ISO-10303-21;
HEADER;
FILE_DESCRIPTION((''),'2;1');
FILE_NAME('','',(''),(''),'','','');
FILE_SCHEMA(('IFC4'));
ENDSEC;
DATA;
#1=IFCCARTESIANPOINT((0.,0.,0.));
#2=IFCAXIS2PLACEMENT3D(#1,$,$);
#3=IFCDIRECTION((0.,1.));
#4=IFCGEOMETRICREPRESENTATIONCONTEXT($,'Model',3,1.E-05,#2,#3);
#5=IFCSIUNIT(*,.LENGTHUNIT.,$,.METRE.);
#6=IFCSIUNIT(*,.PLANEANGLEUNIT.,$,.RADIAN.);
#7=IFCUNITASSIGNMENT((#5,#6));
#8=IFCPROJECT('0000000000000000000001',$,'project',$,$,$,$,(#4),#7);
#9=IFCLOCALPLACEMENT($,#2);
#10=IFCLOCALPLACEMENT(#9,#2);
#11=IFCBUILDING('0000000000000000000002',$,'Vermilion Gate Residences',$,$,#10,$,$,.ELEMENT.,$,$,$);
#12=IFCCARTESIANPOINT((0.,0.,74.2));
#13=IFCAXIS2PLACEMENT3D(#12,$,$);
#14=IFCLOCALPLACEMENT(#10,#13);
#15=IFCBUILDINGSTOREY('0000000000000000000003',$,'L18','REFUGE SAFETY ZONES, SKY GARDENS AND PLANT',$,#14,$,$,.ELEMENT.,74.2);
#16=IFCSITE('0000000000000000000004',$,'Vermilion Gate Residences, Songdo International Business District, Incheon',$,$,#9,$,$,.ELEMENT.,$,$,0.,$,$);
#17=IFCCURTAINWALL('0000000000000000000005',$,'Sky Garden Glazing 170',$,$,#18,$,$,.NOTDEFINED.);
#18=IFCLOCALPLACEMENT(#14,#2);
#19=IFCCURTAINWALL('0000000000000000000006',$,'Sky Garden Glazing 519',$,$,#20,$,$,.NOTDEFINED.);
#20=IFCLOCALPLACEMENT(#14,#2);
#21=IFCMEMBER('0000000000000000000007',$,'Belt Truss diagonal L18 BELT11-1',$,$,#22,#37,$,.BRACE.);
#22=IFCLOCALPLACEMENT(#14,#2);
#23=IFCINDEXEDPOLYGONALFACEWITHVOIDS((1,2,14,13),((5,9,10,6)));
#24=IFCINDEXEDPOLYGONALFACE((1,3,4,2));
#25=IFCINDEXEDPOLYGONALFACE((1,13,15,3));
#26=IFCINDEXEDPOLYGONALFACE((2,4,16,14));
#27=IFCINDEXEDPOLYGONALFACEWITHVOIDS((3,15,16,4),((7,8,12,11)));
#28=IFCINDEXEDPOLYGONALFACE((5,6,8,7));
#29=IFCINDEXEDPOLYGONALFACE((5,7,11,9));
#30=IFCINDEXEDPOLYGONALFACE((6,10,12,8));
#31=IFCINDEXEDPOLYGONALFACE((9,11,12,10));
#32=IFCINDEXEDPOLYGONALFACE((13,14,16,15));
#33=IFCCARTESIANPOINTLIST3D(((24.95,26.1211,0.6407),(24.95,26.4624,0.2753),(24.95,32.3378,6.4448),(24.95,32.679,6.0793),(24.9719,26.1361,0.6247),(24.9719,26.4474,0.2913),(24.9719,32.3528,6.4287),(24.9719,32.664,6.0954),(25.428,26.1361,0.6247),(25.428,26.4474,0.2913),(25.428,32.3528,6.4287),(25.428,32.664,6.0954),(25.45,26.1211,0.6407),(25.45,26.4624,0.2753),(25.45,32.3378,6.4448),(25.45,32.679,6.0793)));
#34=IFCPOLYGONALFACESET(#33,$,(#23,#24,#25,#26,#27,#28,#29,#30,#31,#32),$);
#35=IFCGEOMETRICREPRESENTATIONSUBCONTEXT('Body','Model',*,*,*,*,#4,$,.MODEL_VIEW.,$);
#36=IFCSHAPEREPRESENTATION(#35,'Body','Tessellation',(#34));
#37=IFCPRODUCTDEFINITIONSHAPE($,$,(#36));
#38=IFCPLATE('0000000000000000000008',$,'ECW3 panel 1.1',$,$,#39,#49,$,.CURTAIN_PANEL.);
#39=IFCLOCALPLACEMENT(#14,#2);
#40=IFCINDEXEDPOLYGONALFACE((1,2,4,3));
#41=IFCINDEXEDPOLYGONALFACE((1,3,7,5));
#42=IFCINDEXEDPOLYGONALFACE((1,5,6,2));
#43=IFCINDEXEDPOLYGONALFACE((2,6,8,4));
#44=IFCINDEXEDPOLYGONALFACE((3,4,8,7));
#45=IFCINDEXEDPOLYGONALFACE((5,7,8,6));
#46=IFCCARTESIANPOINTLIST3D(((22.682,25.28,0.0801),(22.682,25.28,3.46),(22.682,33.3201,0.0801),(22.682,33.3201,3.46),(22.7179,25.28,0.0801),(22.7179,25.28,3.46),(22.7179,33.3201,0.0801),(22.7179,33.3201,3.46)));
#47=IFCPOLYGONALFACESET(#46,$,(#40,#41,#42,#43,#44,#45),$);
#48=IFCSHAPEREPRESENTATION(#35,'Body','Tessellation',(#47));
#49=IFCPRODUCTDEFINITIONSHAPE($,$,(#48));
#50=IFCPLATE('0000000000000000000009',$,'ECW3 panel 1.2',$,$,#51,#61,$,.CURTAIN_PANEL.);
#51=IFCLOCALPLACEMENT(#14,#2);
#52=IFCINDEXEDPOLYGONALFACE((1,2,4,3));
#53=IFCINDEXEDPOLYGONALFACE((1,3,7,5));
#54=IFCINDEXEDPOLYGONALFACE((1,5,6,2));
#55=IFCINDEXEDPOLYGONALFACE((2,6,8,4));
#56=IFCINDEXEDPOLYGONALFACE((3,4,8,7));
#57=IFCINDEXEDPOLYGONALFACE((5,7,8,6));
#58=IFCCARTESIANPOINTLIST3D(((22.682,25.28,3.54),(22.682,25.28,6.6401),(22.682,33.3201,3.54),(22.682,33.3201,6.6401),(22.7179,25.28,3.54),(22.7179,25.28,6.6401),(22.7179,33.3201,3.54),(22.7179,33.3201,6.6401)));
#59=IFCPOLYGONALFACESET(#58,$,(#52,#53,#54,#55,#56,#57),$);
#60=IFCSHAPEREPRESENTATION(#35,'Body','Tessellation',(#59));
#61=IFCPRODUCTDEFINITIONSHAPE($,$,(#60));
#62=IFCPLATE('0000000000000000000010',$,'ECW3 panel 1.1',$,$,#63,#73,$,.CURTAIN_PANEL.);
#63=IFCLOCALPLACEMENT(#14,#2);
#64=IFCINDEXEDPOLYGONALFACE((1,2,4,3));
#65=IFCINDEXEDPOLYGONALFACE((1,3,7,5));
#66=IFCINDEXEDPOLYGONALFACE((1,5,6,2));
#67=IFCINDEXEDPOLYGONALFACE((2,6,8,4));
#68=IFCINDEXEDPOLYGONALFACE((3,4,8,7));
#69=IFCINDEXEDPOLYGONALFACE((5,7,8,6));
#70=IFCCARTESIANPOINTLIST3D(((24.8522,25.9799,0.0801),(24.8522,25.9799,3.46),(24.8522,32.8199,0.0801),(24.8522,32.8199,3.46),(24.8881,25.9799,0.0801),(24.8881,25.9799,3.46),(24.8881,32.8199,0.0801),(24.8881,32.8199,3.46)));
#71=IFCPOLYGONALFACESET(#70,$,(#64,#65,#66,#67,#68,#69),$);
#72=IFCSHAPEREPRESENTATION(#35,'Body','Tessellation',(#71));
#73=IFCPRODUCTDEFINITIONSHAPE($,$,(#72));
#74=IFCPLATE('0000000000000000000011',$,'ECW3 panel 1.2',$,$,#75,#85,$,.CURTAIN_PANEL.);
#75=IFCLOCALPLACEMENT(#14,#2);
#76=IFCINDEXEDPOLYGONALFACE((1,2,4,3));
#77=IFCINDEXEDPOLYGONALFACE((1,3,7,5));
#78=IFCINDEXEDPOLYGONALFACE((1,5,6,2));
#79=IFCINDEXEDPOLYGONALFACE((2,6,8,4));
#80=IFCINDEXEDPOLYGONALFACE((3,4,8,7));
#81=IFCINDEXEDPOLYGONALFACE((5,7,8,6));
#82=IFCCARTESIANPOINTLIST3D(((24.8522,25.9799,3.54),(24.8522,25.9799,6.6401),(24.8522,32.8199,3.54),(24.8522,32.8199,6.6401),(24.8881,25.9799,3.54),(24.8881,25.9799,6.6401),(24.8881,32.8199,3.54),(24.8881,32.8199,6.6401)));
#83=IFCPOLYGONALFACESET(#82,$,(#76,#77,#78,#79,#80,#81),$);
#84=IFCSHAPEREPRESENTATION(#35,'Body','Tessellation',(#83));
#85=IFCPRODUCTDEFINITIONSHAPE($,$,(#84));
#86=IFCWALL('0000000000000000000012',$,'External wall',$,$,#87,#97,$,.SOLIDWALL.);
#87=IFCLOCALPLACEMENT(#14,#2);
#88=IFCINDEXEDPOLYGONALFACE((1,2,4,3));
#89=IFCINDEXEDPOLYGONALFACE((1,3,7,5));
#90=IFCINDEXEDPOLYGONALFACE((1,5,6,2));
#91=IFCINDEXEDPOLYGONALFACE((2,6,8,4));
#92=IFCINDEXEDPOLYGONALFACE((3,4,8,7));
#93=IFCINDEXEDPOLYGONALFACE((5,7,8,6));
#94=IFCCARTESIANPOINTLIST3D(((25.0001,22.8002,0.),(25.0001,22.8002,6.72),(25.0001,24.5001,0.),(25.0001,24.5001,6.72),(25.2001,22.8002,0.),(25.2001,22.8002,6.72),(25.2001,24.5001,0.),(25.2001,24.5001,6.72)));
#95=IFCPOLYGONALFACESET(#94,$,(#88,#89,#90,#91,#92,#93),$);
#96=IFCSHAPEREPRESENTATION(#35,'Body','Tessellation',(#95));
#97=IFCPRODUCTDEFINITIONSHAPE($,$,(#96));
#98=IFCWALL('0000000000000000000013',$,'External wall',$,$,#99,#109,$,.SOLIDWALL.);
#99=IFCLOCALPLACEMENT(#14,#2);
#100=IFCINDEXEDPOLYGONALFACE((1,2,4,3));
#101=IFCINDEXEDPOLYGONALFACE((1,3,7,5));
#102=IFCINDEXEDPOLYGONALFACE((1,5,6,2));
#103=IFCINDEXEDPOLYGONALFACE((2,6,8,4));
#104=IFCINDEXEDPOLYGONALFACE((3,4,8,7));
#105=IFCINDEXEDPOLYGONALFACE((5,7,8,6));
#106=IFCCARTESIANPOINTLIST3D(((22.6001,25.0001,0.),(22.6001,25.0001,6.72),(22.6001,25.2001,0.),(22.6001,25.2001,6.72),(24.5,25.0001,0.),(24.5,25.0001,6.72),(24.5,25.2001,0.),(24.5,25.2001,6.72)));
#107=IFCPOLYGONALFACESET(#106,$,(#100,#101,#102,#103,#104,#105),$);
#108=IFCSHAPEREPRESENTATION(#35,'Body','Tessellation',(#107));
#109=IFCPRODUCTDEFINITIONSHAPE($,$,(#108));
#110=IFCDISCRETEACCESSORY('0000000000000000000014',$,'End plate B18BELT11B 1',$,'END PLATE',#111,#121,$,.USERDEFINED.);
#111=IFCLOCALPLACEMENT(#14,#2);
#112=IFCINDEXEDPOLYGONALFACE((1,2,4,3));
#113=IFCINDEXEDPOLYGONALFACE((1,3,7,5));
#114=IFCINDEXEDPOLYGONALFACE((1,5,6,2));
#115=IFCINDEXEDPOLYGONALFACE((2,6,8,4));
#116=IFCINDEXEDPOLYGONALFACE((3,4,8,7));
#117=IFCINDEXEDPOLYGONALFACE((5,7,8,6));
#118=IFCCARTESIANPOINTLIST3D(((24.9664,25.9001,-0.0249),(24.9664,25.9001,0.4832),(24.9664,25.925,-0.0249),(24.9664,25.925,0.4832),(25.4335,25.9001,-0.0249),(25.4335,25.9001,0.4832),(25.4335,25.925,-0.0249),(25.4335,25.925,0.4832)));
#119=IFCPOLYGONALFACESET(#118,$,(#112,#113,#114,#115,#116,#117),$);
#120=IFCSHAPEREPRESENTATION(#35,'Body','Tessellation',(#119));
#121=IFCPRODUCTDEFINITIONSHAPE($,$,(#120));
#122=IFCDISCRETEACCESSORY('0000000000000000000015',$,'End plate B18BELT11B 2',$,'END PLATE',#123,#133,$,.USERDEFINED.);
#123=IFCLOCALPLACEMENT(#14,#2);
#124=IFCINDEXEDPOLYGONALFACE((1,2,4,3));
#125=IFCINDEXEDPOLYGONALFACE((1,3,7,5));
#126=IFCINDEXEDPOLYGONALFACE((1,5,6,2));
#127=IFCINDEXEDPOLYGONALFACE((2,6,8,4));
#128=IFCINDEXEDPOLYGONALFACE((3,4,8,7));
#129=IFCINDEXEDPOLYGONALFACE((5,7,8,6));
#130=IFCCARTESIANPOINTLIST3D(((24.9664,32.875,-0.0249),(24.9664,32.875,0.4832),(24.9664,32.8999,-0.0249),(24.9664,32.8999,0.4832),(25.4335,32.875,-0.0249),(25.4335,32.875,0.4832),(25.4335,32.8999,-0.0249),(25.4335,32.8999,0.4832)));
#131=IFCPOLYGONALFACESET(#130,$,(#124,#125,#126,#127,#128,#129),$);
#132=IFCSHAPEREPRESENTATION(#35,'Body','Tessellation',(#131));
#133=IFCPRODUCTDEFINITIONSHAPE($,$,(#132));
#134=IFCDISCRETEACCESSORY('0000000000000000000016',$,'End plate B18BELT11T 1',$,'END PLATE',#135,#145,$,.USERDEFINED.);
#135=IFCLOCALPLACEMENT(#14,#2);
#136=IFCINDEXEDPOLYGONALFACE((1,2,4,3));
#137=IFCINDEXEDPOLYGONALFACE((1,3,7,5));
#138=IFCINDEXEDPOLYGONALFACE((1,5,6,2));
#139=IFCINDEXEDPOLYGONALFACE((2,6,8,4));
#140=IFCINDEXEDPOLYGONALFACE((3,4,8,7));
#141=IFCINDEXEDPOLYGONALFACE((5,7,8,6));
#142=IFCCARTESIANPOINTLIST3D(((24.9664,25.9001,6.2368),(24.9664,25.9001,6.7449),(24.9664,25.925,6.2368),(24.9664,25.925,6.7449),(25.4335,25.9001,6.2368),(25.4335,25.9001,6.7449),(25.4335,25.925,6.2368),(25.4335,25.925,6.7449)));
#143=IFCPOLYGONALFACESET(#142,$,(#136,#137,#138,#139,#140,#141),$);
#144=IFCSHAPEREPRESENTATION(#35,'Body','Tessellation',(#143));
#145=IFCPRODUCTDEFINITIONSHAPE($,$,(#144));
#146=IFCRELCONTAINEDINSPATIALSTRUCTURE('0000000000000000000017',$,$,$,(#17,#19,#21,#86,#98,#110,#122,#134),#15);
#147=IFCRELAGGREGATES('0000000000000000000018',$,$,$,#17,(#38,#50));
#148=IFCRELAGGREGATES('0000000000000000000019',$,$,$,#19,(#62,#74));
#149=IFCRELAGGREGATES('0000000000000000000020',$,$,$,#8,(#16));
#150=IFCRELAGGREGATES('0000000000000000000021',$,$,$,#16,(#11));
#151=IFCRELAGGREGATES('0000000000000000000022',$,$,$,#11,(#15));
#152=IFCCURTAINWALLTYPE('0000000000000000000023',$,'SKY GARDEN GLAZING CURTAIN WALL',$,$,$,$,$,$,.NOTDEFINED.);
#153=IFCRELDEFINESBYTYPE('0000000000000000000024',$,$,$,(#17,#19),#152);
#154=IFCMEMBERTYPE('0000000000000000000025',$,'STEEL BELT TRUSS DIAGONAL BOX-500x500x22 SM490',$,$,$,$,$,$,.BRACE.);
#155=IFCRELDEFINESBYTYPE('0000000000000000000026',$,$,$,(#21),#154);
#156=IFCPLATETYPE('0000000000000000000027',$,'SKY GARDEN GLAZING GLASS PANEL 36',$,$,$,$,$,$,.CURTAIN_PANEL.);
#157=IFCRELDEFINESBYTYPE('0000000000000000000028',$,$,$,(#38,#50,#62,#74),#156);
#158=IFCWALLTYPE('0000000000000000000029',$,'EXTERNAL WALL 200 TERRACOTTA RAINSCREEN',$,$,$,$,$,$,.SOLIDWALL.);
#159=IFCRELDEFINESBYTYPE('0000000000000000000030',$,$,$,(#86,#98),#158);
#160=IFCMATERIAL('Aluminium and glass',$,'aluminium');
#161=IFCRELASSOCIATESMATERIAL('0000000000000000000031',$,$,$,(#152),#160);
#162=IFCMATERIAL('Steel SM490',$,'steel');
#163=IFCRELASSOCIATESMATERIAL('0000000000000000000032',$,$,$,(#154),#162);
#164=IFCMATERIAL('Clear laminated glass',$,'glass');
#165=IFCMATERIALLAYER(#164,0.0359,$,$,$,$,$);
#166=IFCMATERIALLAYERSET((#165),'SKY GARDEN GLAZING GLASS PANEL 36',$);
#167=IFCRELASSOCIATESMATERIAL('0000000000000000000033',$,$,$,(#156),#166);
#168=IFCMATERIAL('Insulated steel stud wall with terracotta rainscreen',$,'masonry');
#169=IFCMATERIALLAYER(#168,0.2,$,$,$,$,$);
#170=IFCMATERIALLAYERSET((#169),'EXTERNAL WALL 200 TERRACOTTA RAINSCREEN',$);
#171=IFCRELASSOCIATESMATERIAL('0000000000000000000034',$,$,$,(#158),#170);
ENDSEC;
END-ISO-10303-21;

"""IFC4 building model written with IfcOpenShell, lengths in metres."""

from ifc_helpers import new_model, si_unit, direction, frame, frame_2d, origin, origin_2d, place, context, subcontext, project, spatial, rectangle, hollow_rectangle, extrude, material, layer, layer_set, material_profile, profile_set, type_object, element, aggregate, save


model = new_model("IFC4")

# Units and contexts
model_context = context("Model", 3, precision=1e-05, world=origin(), true_north=direction((0.0, 1.0)))
body_context = subcontext(model_context, "Body", "Model", "MODEL_VIEW")
ifc_project = project(units=[si_unit("LENGTHUNIT", "METRE"), si_unit("PLANEANGLEUNIT", "RADIAN")], contexts=[model_context])

# Site, building, storey
site_placement = place(None, origin())
site = spatial("IfcSite", under=ifc_project, at=site_placement, Name="Vermilion Gate Residences, Songdo International Business District, Incheon", CompositionType="ELEMENT", RefElevation=0.0)
building_placement = place(site_placement, origin())
building = spatial("IfcBuilding", under=site, at=building_placement, Name="Vermilion Gate Residences", CompositionType="ELEMENT")
storey_placement = place(building_placement, frame((0.0, 0.0, 74.2)))
storey = spatial("IfcBuildingStorey", under=building, at=storey_placement, Name="L18", Description="REFUGE SAFETY ZONES, SKY GARDENS AND PLANT", CompositionType="ELEMENT", Elevation=74.2)

# Curtain wall
ifc_material_1 = material(Name="Aluminium and glass", Category="aluminium")
curtain_wall_type = type_object("IfcCurtainWallType", Name="SKY GARDEN GLAZING CURTAIN WALL", PredefinedType="NOTDEFINED", material=ifc_material_1)
curtain_wall_1_placement = place(storey_placement, origin())
curtain_wall_1 = element("IfcCurtainWall", 1, at=curtain_wall_1_placement, inside=storey, type_object=curtain_wall_type, Name="Sky Garden Glazing 170", PredefinedType="NOTDEFINED")

# Curtain wall
curtain_wall_2_placement = place(storey_placement, origin())
curtain_wall_2 = element("IfcCurtainWall", 2, at=curtain_wall_2_placement, inside=storey, type_object=curtain_wall_type, Name="Sky Garden Glazing 519", PredefinedType="NOTDEFINED")

# Member
ifc_material_2 = material(Name="Steel SM490", Category="steel")
ifc_material_profile_1 = material_profile(ifc_material_2, hollow_rectangle(XDim=0.5, YDim=0.5, WallThickness=0.022, at=origin_2d()), Name="BOX-500x500x22")
ifc_profile_set_1 = profile_set([ifc_material_profile_1], Name="Steel SM490")
member_type_1 = type_object("IfcMemberType", Name="STEEL BELT TRUSS DIAGONAL BOX-500x500x22 SM490", PredefinedType="BRACE", material=ifc_profile_set_1)
member_1_placement = place(storey_placement, frame((25.2, 26.2917, 0.458), z_axis=(0.0, 0.730947, 0.682434), x_axis=(-1.0, 0.0, 0.0)))
element("IfcMember", 3, at=member_1_placement, inside=storey, type_object=member_type_1, Name="Belt Truss diagonal L18 BELT11-1", PredefinedType="BRACE", context=body_context, shape_type="SweptSolid", body=[
    extrude(hollow_rectangle(XDim=0.5, YDim=0.5, WallThickness=0.022, at=origin_2d()), origin(), (0.0, 0.0, 1.0), 8.5049),
])

# Plates
ifc_material_3 = material(Name="Clear laminated glass", Category="glass")
ifc_layer_1 = layer(ifc_material_3, 0.0359)
ifc_layer_set_1 = layer_set([ifc_layer_1], Name="SKY GARDEN GLAZING GLASS PANEL 36")
plate_type = type_object("IfcPlateType", Name="SKY GARDEN GLAZING GLASS PANEL 36", PredefinedType="CURTAIN_PANEL", material=ifc_layer_set_1)
plate_1_placement = place(storey_placement, frame((22.7, 29.3, 0.0801), z_axis=(0.0, 0.0, 1.0), x_axis=(0.0, 1.0, 0.0)))
plate_1 = element("IfcPlate", 4, at=plate_1_placement, type_object=plate_type, Name="ECW3 panel 1.1", PredefinedType="CURTAIN_PANEL", context=body_context, shape_type="SweptSolid", body=[
    extrude(rectangle(XDim=8.04, YDim=0.0359, at=origin_2d()), origin(), (0.0, 0.0, 1.0), 3.3799),
])
plate_2_placement = place(storey_placement, frame((22.7, 29.3, 3.54), z_axis=(0.0, 0.0, 1.0), x_axis=(0.0, 1.0, 0.0)))
plate_2 = element("IfcPlate", 5, at=plate_2_placement, type_object=plate_type, Name="ECW3 panel 1.2", PredefinedType="CURTAIN_PANEL", context=body_context, shape_type="SweptSolid", body=[
    extrude(rectangle(XDim=8.04, YDim=0.0359, at=origin_2d()), origin(), (0.0, 0.0, 1.0), 3.1001),
])
aggregate(curtain_wall_1, [plate_1, plate_2])
plate_3_placement = place(storey_placement, frame((24.8701, 29.3999, 0.0801), z_axis=(0.0, 0.0, 1.0), x_axis=(0.0, 1.0, 0.0)))
plate_3 = element("IfcPlate", 6, at=plate_3_placement, type_object=plate_type, Name="ECW3 panel 1.1", PredefinedType="CURTAIN_PANEL", context=body_context, shape_type="SweptSolid", body=[
    extrude(rectangle(XDim=6.8401, YDim=0.0359, at=origin_2d()), origin(), (0.0, 0.0, 1.0), 3.3799),
])
plate_4_placement = place(storey_placement, frame((24.8701, 29.3999, 3.54), z_axis=(0.0, 0.0, 1.0), x_axis=(0.0, 1.0, 0.0)))
plate_4 = element("IfcPlate", 7, at=plate_4_placement, type_object=plate_type, Name="ECW3 panel 1.2", PredefinedType="CURTAIN_PANEL", context=body_context, shape_type="SweptSolid", body=[
    extrude(rectangle(XDim=6.8401, YDim=0.0359, at=origin_2d()), origin(), (0.0, 0.0, 1.0), 3.1001),
])
aggregate(curtain_wall_2, [plate_3, plate_4])

# Walls
ifc_material_4 = material(Name="Insulated steel stud wall with terracotta rainscreen", Category="masonry")
ifc_layer_2 = layer(ifc_material_4, 0.2)
ifc_layer_set_2 = layer_set([ifc_layer_2], Name="EXTERNAL WALL 200 TERRACOTTA RAINSCREEN")
wall_type = type_object("IfcWallType", Name="EXTERNAL WALL 200 TERRACOTTA RAINSCREEN", PredefinedType="SOLIDWALL", material=ifc_layer_set_2)
wall_1_placement = place(storey_placement, frame((25.1001, 22.8, 0.0), z_axis=(0.0, 0.0, 1.0), x_axis=(0.0, 1.0, 0.0)))
element("IfcWall", 8, at=wall_1_placement, inside=storey, type_object=wall_type, Name="External wall", PredefinedType="SOLIDWALL", context=body_context, shape_type="SweptSolid", body=[
    extrude(rectangle(XDim=1.7, YDim=0.2, at=frame_2d((0.8501, 0.0))), origin(), (0.0, 0.0, 1.0), 6.72),
])
wall_2_placement = place(storey_placement, frame((24.5, 25.1001, 0.0), z_axis=(0.0, 0.0, 1.0), x_axis=(-1.0, 0.0, 0.0)))
element("IfcWall", 9, at=wall_2_placement, inside=storey, type_object=wall_type, Name="External wall", PredefinedType="SOLIDWALL", context=body_context, shape_type="SweptSolid", body=[
    extrude(rectangle(XDim=1.8999, YDim=0.2, at=frame_2d((0.95, 0.0))), origin(), (0.0, 0.0, 1.0), 6.72),
])

# Discrete accessories
for number, where, z_axis, x_axis, name in (
    (10, (25.2, 25.9126, -0.0249), (0.0, 0.0, 1.0), (1.0, 0.0, 0.0), "End plate B18BELT11B 1"),
    (11, (25.2, 32.8875, -0.0249), (0.0, 0.0, 1.0), (1.0, 0.0, 0.0), "End plate B18BELT11B 2"),
    (12, (25.2, 25.9126, 6.2368), (0.0, 0.0, 1.0), (1.0, 0.0, 0.0), "End plate B18BELT11T 1"),
):
    element("IfcDiscreteAccessory", number, at=place(storey_placement, frame(where, z_axis=z_axis, x_axis=x_axis)), inside=storey, Name=name, ObjectType="END PLATE", PredefinedType="USERDEFINED", context=body_context, shape_type="SweptSolid", body=[
        extrude(rectangle(XDim=0.467, YDim=0.0249, at=origin_2d()), origin(), (0.0, 0.0, 1.0), 0.5081),
    ])

save(model, "model.ifc")
